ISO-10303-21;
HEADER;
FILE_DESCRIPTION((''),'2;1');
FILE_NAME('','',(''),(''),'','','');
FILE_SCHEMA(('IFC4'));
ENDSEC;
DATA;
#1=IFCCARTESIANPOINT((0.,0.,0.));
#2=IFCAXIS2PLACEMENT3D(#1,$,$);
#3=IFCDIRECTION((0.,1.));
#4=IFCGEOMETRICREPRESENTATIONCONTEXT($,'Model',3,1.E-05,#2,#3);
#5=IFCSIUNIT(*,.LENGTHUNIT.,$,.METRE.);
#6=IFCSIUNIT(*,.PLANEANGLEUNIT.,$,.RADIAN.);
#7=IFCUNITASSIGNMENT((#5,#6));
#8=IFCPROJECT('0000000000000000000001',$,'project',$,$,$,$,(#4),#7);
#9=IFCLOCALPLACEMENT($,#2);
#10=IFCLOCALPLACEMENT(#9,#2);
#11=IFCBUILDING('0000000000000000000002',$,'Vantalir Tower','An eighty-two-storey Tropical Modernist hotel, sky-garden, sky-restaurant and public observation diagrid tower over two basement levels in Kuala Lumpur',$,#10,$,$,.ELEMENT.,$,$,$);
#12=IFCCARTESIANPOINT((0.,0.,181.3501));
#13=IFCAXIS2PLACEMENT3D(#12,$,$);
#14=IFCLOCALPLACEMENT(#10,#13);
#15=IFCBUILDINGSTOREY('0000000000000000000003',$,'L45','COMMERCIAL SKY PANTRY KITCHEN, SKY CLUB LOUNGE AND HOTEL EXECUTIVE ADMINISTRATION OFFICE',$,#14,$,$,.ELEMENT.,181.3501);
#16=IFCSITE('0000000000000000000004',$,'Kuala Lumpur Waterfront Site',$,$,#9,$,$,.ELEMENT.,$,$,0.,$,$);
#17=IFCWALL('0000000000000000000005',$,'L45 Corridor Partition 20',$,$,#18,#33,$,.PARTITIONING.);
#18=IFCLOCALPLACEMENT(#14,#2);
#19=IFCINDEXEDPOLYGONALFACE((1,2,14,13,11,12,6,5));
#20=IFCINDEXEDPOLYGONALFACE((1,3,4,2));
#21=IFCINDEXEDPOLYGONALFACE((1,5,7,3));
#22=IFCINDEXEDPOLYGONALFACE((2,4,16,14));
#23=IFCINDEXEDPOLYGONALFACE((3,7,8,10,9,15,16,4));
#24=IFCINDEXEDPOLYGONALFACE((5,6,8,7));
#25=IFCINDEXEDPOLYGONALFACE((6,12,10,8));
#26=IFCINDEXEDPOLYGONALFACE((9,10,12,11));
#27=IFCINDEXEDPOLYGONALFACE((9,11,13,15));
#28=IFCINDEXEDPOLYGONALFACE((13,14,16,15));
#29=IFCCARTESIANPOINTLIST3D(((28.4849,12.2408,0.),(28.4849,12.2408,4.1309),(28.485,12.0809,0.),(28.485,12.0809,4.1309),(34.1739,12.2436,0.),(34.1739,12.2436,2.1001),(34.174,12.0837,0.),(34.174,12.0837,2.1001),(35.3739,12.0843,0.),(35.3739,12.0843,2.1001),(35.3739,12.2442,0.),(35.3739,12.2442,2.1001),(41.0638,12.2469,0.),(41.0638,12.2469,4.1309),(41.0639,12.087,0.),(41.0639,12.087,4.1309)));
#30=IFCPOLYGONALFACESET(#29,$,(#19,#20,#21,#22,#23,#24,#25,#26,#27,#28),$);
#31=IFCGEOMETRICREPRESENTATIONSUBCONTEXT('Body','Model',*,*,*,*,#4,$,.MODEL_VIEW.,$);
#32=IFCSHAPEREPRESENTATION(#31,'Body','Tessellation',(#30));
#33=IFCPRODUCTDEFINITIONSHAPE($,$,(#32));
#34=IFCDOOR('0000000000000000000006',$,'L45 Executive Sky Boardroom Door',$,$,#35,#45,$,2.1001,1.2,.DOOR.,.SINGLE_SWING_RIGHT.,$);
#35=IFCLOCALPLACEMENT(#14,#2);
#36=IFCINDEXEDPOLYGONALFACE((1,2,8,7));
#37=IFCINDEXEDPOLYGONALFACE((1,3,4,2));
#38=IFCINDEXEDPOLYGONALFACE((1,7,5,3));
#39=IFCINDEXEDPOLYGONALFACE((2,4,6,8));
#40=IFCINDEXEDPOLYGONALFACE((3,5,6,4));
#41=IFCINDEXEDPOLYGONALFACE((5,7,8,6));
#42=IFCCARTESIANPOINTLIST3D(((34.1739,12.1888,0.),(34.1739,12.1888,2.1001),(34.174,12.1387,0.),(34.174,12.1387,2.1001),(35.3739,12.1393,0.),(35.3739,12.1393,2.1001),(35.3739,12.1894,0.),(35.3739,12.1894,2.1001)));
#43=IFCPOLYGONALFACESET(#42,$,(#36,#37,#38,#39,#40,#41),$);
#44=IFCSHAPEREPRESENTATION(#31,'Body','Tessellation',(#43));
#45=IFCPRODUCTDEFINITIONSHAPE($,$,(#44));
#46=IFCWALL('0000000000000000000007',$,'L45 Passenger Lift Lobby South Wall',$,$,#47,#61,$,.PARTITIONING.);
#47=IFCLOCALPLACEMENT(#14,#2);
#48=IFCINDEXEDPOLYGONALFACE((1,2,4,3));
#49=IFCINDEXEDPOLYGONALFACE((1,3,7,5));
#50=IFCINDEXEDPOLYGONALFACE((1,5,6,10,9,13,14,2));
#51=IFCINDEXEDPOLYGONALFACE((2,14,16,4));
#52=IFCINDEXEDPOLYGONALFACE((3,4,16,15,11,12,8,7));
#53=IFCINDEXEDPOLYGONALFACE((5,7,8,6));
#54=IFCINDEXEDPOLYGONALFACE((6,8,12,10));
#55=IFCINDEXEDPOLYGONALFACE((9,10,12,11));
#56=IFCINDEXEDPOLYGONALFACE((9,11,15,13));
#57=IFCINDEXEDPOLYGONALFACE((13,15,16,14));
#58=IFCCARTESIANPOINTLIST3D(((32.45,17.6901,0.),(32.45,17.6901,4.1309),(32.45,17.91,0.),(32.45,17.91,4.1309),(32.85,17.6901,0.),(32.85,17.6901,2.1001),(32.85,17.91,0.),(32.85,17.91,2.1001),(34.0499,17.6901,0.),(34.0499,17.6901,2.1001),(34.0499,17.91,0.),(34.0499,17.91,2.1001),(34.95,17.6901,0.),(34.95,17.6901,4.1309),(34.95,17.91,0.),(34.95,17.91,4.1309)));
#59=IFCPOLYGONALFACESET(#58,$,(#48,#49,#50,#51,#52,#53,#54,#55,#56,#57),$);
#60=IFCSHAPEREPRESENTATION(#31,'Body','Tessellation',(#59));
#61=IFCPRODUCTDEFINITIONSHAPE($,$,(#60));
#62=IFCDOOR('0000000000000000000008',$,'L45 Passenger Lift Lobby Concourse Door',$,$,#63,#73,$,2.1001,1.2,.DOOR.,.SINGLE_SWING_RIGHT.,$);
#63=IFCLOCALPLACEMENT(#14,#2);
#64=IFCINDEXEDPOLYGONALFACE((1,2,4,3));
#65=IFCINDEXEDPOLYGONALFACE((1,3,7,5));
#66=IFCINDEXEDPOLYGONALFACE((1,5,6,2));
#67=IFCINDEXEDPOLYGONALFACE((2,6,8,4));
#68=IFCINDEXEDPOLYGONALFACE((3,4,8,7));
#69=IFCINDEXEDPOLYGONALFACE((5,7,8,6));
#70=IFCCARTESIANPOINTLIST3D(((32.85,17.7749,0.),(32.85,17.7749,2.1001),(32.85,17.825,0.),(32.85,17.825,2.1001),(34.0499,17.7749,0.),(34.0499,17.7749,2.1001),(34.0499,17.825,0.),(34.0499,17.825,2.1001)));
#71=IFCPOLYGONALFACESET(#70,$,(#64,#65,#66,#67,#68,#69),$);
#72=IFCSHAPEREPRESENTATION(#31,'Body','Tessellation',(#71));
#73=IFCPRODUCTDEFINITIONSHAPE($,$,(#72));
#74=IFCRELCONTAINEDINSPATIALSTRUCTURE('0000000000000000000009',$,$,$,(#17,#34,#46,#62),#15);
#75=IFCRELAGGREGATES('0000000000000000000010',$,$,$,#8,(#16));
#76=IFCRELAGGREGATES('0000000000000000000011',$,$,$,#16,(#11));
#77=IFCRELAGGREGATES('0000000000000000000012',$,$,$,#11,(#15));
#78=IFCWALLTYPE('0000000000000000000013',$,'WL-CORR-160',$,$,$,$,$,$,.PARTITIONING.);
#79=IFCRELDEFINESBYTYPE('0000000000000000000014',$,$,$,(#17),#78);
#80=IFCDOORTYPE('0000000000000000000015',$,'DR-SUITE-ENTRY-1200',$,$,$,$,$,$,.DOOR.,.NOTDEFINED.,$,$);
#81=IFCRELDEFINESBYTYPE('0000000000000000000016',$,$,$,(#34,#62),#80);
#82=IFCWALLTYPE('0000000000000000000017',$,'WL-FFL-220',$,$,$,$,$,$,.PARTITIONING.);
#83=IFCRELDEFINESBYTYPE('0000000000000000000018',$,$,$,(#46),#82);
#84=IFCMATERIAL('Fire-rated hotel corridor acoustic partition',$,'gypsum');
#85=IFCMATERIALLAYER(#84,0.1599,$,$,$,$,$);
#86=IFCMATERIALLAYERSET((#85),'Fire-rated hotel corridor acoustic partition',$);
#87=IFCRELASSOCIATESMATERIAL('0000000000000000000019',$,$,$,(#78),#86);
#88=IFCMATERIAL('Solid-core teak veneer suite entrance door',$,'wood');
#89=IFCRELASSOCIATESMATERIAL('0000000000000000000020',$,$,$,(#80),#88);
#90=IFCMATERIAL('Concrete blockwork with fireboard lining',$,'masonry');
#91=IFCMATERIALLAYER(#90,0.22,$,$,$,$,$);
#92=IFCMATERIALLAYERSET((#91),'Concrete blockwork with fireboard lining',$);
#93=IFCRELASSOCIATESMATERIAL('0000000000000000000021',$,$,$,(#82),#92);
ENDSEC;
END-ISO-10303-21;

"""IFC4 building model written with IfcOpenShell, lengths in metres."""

from ifc_helpers import new_model, si_unit, direction, frame, frame_2d, origin, place, context, subcontext, project, spatial, rectangle, extrude, material, layer, layer_set, type_object, element, fill, save


model = new_model("IFC4")

# Units and contexts
model_context = context("Model", 3, precision=1e-05, world=origin(), true_north=direction((0.0, 1.0)))
body_context = subcontext(model_context, "Body", "Model", "MODEL_VIEW")
ifc_project = project(units=[si_unit("LENGTHUNIT", "METRE"), si_unit("PLANEANGLEUNIT", "RADIAN")], contexts=[model_context])

# Site, building, storey
site_placement = place(None, origin())
site = spatial("IfcSite", under=ifc_project, at=site_placement, Name="Kuala Lumpur Waterfront Site", CompositionType="ELEMENT", RefElevation=0.0)
building_placement = place(site_placement, origin())
building = spatial("IfcBuilding", under=site, at=building_placement, Name="Vantalir Tower", Description="An eighty-two-storey Tropical Modernist hotel, sky-garden, sky-restaurant and public observation diagrid tower over two basement levels in Kuala Lumpur", CompositionType="ELEMENT")
storey_placement = place(building_placement, frame((0.0, 0.0, 181.3501)))
storey = spatial("IfcBuildingStorey", under=building, at=storey_placement, Name="L45", Description="COMMERCIAL SKY PANTRY KITCHEN, SKY CLUB LOUNGE AND HOTEL EXECUTIVE ADMINISTRATION OFFICE", CompositionType="ELEMENT", Elevation=181.3501)

# Walls, openings, doors
ifc_material_1 = material(Name="Fire-rated hotel corridor acoustic partition", Category="gypsum")
ifc_layer_1 = layer(ifc_material_1, 0.1599)
ifc_layer_set_1 = layer_set([ifc_layer_1], Name="Fire-rated hotel corridor acoustic partition")
wall_type_1 = type_object("IfcWallType", Name="WL-CORR-160", PredefinedType="PARTITIONING", material=ifc_layer_set_1)
wall_1_placement = place(storey_placement, frame((41.064, 12.167, 0.0), z_axis=(0.0, 0.0, 1.0), x_axis=(-1.0, -0.000485, 0.0)))
wall_1 = element("IfcWall", 1, at=wall_1_placement, inside=storey, type_object=wall_type_1, Name="L45 Corridor Partition 20", PredefinedType="PARTITIONING", context=body_context, shape_type="SweptSolid", body=[
    extrude(rectangle(XDim=12.5789, YDim=0.1599, at=frame_2d((6.2896, 0.0))), origin(), (0.0, 0.0, 1.0), 4.1309),
])
opening_1_placement = place(wall_1_placement, frame((5.6899, 0.0, 0.0)))
opening_1 = element("IfcOpeningElement", 2, at=opening_1_placement, cuts=wall_1, PredefinedType="OPENING", context=body_context, shape_type="SweptSolid", body=[
    extrude(rectangle(XDim=1.2, YDim=2.1001, at=frame_2d((0.6001, 1.05))), frame((0.0, 0.0898, 0.0), z_axis=(0.0, -1.0, 0.0), x_axis=(1.0, 0.0, 0.0)), (0.0, 0.0, 1.0), 0.1799),
])
ifc_material_2 = material(Name="Solid-core teak veneer suite entrance door", Category="wood")
door_type = type_object("IfcDoorType", Name="DR-SUITE-ENTRY-1200", OperationType="NOTDEFINED", PredefinedType="DOOR", material=ifc_material_2)
door_1_placement = place(opening_1_placement, origin())
door_1 = element("IfcDoor", 3, at=door_1_placement, inside=storey, type_object=door_type, Name="L45 Executive Sky Boardroom Door", OperationType="SINGLE_SWING_RIGHT", OverallHeight=2.1001, OverallWidth=1.2, PredefinedType="DOOR", context=body_context, shape_type="SweptSolid", body=[
    extrude(rectangle(XDim=1.2, YDim=2.1001, at=frame_2d((0.6001, 1.05))), frame((0.0, 0.0249, 0.0), z_axis=(0.0, -1.0, 0.0), x_axis=(1.0, 0.0, 0.0)), (0.0, 0.0, 1.0), 0.05),
])
fill(opening_1, door_1)
ifc_material_3 = material(Name="Concrete blockwork with fireboard lining", Category="masonry")
ifc_layer_2 = layer(ifc_material_3, 0.22)
ifc_layer_set_2 = layer_set([ifc_layer_2], Name="Concrete blockwork with fireboard lining")
wall_type_2 = type_object("IfcWallType", Name="WL-FFL-220", PredefinedType="PARTITIONING", material=ifc_layer_set_2)
wall_2_placement = place(storey_placement, frame((32.45, 17.8, 0.0), z_axis=(0.0, 0.0, 1.0), x_axis=(1.0, 0.0, 0.0)))
wall_2 = element("IfcWall", 4, at=wall_2_placement, inside=storey, type_object=wall_type_2, Name="L45 Passenger Lift Lobby South Wall", PredefinedType="PARTITIONING", context=body_context, shape_type="SweptSolid", body=[
    extrude(rectangle(XDim=2.5, YDim=0.22, at=frame_2d((1.25, 0.0))), origin(), (0.0, 0.0, 1.0), 4.1309),
])
opening_2_placement = place(wall_2_placement, frame((0.3999, 0.0, 0.0)))
opening_2 = element("IfcOpeningElement", 5, at=opening_2_placement, cuts=wall_2, PredefinedType="OPENING", context=body_context, shape_type="SweptSolid", body=[
    extrude(rectangle(XDim=1.2, YDim=2.1001, at=frame_2d((0.6001, 1.05))), frame((0.0, 0.1199, 0.0), z_axis=(0.0, -1.0, 0.0), x_axis=(1.0, 0.0, 0.0)), (0.0, 0.0, 1.0), 0.24),
])
door_2_placement = place(opening_2_placement, origin())
door_2 = element("IfcDoor", 6, at=door_2_placement, inside=storey, type_object=door_type, Name="L45 Passenger Lift Lobby Concourse Door", OperationType="SINGLE_SWING_RIGHT", OverallHeight=2.1001, OverallWidth=1.2, PredefinedType="DOOR", context=body_context, shape_type="SweptSolid", body=[
    extrude(rectangle(XDim=1.2, YDim=2.1001, at=frame_2d((0.6001, 1.05))), frame((0.0, 0.0249, 0.0), z_axis=(0.0, -1.0, 0.0), x_axis=(1.0, 0.0, 0.0)), (0.0, 0.0, 1.0), 0.05),
])
fill(opening_2, door_2)

save(model, "model.ifc")
